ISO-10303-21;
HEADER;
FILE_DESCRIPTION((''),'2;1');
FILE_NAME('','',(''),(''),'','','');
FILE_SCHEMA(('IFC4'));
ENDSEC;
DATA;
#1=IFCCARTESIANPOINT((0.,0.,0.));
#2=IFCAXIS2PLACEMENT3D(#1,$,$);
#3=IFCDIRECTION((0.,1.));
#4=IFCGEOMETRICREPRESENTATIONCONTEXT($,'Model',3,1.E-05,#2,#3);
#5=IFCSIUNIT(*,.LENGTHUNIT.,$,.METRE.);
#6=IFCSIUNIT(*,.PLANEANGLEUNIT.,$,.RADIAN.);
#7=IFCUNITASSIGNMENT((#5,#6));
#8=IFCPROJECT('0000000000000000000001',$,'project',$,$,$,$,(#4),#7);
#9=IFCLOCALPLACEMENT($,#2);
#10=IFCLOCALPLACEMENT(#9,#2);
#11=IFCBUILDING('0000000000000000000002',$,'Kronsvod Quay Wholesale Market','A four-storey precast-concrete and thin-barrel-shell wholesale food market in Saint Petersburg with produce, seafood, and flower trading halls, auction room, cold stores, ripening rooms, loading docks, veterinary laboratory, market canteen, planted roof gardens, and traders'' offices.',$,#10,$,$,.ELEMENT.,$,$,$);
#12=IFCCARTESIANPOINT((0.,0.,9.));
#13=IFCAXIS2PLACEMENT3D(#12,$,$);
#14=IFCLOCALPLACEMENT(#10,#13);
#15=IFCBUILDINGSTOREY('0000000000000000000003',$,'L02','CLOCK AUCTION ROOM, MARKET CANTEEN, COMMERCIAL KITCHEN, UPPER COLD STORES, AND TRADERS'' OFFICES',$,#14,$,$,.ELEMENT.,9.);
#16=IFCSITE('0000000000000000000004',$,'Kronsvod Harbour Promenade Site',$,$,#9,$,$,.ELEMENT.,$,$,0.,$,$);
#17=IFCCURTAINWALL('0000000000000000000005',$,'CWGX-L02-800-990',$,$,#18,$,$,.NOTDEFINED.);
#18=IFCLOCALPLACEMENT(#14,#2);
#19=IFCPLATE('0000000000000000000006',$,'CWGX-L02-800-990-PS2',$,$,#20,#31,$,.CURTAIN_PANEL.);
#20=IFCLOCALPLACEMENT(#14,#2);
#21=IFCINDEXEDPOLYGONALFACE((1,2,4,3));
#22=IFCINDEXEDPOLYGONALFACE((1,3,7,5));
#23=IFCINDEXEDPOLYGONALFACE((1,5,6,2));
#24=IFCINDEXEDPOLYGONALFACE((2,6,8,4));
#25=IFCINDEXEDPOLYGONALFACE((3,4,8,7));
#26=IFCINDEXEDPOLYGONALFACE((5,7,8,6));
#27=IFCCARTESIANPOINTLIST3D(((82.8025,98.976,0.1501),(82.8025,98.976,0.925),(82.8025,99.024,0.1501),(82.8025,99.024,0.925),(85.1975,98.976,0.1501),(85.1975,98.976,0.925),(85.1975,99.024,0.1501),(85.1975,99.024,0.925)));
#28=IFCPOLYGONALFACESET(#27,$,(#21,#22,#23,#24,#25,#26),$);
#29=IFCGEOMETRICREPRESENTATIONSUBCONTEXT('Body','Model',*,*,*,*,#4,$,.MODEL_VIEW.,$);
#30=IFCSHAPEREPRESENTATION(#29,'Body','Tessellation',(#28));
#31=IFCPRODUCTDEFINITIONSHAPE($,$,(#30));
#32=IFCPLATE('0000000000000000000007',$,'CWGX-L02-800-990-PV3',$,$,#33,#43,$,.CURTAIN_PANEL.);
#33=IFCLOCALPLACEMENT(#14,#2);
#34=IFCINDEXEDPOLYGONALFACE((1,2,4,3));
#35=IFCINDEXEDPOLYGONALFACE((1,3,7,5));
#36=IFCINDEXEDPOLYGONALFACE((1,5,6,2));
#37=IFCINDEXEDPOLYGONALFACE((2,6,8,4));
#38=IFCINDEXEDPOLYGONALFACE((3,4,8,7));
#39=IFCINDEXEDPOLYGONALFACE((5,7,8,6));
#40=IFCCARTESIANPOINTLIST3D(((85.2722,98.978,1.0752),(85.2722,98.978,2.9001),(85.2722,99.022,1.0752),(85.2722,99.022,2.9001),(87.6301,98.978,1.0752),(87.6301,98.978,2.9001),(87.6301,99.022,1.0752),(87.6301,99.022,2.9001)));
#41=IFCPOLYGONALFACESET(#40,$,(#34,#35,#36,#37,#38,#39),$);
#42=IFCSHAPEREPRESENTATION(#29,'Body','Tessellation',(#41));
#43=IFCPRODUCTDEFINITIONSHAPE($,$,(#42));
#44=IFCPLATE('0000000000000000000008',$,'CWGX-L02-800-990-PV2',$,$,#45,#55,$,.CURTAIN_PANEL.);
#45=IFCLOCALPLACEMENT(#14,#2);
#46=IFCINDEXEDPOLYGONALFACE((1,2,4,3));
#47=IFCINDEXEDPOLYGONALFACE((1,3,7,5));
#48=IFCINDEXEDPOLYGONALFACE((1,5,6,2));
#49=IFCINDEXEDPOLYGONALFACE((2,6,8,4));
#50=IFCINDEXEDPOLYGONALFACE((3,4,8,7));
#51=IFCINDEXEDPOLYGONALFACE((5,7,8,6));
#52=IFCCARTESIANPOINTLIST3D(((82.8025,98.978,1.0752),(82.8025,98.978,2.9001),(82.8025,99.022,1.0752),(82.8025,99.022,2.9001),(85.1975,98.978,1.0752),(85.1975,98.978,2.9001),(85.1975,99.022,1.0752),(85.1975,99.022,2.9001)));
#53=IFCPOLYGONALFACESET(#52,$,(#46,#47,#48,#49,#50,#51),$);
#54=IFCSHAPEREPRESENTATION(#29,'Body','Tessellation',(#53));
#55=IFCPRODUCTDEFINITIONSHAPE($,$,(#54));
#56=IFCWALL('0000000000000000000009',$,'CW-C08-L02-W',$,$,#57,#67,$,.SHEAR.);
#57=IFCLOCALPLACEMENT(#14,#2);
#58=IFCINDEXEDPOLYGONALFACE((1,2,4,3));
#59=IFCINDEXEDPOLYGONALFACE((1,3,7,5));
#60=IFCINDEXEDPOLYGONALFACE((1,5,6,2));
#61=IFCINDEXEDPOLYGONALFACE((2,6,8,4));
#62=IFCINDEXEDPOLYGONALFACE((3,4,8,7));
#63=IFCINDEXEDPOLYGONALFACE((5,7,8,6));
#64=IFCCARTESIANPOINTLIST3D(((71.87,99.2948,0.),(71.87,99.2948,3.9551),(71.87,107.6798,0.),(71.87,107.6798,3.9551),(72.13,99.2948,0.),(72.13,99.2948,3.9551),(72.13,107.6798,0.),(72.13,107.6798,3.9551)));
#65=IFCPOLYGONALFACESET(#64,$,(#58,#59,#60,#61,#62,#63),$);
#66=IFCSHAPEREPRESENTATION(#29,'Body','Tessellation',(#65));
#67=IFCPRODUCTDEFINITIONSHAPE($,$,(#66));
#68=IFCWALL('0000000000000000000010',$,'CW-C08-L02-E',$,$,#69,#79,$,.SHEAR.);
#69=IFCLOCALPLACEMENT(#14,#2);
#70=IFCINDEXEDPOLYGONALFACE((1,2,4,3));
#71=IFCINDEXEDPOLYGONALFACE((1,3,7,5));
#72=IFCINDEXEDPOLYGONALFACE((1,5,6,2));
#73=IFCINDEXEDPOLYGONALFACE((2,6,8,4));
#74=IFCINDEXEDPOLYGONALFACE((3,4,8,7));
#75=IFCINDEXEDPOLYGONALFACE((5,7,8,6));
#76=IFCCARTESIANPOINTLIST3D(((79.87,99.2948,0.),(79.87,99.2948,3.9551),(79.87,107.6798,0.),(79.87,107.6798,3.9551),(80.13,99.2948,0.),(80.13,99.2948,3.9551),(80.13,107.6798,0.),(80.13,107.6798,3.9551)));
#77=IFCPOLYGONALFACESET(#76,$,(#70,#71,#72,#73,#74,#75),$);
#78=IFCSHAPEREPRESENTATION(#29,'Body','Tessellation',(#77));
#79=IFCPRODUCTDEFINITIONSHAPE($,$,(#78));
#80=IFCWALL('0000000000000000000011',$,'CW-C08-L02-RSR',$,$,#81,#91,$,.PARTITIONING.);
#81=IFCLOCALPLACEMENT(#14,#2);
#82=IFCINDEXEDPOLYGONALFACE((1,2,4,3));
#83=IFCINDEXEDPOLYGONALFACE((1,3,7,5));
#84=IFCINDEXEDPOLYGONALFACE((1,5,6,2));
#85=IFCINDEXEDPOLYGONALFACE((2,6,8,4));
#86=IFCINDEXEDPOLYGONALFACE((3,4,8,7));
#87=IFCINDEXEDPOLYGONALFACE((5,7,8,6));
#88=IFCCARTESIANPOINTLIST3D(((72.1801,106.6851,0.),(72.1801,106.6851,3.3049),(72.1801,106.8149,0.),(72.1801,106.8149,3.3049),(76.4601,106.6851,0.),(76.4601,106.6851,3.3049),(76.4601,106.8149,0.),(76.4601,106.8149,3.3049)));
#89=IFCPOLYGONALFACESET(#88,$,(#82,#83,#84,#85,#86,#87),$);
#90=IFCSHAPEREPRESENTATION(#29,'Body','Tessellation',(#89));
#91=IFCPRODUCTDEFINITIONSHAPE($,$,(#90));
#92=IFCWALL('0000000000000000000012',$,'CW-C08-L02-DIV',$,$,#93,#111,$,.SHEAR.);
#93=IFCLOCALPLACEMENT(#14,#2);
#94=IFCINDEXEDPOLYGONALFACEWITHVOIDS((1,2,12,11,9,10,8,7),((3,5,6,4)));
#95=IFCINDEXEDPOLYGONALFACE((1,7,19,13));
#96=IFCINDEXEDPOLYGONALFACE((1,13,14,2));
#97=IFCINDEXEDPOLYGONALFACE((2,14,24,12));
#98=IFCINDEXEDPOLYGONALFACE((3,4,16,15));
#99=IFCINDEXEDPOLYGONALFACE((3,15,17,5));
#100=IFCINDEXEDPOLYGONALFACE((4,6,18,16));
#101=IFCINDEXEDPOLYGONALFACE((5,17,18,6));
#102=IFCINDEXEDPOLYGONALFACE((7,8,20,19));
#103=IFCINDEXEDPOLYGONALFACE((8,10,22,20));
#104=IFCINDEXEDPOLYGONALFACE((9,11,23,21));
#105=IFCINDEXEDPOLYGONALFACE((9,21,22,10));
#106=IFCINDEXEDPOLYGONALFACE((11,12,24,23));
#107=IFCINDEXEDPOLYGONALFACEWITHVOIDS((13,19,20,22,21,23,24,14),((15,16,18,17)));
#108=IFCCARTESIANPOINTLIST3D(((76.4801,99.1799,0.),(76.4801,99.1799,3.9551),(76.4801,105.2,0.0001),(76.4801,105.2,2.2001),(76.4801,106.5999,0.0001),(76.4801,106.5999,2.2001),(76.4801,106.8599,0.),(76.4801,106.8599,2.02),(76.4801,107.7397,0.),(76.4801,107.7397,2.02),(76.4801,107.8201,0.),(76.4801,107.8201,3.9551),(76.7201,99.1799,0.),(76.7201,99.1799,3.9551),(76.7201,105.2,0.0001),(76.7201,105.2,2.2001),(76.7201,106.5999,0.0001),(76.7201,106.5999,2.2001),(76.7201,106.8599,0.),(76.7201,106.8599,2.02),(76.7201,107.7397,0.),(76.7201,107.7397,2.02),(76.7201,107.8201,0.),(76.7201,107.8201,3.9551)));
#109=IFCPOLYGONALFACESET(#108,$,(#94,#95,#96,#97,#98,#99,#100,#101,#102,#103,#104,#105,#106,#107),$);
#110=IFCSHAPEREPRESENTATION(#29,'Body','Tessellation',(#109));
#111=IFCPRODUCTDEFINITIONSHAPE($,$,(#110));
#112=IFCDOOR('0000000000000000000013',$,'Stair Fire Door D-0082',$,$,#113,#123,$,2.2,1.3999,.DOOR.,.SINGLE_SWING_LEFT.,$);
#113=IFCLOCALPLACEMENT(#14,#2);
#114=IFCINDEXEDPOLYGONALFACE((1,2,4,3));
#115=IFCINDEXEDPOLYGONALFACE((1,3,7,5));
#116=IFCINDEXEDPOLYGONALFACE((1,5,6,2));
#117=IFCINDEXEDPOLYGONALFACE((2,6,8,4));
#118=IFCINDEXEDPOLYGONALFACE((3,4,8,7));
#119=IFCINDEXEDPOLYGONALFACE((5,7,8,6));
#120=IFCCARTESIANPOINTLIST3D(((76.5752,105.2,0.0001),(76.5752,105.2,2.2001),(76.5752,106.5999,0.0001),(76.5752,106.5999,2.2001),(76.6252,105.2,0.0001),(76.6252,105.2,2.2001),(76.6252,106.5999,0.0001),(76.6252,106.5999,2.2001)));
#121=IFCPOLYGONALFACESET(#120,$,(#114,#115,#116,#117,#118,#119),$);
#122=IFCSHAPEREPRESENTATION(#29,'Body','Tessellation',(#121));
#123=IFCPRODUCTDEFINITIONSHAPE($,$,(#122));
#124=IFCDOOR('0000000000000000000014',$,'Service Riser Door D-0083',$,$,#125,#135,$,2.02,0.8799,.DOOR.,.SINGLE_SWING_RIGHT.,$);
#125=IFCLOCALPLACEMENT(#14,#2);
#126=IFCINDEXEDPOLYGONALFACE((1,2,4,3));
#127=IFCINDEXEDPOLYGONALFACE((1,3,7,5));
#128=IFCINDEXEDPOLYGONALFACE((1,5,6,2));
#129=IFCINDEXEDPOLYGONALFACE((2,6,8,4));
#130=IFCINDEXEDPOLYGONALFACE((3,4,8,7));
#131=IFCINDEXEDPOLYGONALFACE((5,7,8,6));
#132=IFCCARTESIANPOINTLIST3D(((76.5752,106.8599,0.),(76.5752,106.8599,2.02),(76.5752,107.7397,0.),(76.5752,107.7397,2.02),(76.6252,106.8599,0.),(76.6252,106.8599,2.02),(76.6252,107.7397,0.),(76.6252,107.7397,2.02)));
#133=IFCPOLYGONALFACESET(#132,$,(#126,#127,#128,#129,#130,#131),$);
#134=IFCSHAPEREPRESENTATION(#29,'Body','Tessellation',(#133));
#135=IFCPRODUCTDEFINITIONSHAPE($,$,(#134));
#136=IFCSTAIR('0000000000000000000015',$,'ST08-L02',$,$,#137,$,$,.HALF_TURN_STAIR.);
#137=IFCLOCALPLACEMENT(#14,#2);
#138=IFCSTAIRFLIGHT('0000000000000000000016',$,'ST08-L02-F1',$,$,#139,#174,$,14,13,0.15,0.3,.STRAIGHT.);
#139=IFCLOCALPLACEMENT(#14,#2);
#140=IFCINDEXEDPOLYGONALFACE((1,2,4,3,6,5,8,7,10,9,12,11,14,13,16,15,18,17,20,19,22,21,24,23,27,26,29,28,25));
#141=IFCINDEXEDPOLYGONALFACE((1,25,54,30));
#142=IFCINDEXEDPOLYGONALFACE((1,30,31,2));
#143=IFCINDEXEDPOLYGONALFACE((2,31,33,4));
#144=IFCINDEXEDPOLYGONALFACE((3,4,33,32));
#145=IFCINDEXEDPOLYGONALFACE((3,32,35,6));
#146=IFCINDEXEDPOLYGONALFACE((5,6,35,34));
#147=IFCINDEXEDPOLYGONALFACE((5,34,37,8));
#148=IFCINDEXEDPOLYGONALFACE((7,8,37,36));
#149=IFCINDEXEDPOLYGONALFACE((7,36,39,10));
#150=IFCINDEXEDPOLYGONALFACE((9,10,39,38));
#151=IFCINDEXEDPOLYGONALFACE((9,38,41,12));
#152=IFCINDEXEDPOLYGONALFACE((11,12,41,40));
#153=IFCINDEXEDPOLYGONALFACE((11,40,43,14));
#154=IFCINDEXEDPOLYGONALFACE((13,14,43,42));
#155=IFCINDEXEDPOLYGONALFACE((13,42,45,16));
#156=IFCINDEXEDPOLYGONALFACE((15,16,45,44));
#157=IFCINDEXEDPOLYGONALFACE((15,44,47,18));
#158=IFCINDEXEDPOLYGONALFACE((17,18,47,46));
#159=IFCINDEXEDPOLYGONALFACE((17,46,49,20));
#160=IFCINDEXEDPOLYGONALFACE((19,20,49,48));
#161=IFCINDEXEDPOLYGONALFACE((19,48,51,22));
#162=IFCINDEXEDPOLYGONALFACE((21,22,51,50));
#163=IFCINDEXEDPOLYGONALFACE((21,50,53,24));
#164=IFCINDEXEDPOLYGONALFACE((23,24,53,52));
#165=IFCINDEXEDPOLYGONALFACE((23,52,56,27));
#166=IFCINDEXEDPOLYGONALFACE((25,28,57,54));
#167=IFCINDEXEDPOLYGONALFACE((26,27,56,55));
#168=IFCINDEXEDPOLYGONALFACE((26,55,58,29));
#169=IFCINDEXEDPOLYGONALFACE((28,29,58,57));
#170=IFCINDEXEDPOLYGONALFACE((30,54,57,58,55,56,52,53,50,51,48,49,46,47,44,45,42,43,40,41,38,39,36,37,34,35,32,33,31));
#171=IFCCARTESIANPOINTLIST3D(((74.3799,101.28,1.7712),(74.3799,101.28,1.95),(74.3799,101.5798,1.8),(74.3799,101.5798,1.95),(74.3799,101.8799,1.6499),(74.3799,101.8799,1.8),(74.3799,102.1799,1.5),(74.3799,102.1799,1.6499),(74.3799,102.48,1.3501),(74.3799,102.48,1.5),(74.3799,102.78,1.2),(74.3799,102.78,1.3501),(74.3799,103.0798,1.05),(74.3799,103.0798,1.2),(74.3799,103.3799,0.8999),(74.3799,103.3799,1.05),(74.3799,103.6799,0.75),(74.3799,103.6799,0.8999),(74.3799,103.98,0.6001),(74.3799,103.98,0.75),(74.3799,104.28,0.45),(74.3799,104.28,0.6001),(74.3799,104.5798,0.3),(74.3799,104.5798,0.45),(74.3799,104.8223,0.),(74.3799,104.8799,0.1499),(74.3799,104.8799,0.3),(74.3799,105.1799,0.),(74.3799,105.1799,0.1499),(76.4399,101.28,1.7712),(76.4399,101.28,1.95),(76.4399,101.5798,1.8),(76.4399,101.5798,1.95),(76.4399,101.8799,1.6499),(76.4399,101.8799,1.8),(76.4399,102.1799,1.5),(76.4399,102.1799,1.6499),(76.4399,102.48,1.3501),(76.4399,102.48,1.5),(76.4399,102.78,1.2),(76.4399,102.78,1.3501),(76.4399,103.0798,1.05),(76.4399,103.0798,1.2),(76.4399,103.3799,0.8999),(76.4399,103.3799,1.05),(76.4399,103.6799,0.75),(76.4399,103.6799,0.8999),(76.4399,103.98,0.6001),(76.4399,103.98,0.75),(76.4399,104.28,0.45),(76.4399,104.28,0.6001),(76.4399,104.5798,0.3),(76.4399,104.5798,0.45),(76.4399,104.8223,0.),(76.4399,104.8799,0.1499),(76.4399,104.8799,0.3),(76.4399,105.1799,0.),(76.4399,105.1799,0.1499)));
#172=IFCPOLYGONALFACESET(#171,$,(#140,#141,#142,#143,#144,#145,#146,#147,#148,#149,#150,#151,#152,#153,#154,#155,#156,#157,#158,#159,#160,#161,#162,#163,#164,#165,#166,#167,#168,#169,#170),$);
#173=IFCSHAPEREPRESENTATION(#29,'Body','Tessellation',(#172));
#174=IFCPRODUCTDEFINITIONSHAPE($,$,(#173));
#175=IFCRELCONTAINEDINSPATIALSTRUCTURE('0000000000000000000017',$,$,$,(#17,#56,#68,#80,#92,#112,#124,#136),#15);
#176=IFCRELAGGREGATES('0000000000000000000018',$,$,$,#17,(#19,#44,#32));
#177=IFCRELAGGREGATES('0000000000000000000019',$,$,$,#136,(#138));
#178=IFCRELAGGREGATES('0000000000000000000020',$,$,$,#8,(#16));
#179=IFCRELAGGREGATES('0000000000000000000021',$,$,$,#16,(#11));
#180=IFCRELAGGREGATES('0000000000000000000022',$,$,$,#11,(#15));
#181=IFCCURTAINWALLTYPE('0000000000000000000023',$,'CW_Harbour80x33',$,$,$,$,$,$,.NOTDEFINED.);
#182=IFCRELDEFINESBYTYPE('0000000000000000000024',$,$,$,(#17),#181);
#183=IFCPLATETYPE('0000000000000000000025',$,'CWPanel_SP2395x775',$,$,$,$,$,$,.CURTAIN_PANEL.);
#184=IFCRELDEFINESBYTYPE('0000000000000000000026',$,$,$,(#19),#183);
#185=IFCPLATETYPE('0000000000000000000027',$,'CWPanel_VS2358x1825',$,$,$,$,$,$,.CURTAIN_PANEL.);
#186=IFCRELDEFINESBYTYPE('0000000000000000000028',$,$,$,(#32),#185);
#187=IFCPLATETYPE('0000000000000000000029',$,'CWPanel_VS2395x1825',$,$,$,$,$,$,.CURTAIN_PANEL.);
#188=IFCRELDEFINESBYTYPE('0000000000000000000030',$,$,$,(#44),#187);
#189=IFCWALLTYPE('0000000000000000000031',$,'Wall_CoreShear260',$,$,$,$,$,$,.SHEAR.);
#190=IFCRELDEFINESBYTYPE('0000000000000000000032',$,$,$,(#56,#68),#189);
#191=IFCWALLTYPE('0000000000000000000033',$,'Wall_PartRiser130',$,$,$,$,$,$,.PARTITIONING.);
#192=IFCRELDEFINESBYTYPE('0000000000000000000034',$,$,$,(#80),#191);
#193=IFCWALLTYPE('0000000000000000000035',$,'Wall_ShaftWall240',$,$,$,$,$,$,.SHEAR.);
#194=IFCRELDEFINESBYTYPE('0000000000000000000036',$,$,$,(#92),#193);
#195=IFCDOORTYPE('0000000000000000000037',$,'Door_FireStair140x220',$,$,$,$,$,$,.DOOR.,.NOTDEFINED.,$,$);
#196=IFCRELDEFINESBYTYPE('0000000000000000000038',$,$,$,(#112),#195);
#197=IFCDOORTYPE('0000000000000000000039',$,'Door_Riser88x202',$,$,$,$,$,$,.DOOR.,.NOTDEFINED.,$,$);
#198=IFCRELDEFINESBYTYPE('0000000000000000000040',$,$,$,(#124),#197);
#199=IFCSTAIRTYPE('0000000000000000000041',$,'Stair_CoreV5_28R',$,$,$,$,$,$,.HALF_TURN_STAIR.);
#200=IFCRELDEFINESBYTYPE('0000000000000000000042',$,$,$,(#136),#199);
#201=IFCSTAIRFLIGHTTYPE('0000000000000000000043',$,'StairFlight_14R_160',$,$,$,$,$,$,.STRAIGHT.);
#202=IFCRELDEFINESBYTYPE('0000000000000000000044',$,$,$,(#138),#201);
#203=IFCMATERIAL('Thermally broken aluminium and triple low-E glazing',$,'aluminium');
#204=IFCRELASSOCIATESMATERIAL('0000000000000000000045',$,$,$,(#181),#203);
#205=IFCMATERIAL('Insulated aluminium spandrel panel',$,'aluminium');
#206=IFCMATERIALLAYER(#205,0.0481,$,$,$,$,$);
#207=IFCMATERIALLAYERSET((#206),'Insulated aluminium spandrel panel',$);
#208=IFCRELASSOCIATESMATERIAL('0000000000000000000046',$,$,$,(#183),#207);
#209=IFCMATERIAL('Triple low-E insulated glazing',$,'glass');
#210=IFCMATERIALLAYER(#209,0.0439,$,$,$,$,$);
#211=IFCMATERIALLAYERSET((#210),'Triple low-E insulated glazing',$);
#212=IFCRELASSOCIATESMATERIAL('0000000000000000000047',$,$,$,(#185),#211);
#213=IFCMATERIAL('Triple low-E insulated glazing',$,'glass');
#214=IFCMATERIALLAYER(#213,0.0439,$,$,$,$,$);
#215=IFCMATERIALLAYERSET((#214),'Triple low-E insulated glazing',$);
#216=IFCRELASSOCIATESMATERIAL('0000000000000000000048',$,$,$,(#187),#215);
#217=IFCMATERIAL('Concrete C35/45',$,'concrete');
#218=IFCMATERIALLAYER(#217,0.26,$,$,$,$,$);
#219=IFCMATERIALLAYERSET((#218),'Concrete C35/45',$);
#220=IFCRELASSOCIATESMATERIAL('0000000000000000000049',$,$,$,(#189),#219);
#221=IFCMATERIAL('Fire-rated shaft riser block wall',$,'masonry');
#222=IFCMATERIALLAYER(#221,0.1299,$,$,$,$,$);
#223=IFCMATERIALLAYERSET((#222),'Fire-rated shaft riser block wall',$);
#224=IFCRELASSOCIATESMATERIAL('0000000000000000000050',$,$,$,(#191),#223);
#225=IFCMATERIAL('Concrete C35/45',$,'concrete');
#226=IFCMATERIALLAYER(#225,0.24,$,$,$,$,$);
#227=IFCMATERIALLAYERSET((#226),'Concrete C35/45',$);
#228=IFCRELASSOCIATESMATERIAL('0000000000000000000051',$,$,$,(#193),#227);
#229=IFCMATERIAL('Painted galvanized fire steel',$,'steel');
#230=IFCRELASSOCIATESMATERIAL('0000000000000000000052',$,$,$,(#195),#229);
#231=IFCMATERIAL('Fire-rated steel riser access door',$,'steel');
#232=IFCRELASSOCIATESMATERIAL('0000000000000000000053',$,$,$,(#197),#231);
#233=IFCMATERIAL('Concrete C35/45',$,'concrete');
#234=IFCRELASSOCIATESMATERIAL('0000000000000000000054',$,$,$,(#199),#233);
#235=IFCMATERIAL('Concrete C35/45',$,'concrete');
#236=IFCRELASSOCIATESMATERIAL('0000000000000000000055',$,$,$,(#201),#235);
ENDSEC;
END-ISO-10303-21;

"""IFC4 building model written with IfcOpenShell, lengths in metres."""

from ifc_helpers import new_model, si_unit, direction, frame, frame_2d, origin, origin_2d, place, context, subcontext, project, spatial, polyline, rectangle, outline, extrude, material, layer, layer_set, type_object, element, fill, aggregate, save


model = new_model("IFC4")

# Units and contexts
model_context = context("Model", 3, precision=1e-05, world=origin(), true_north=direction((0.0, 1.0)))
body_context = subcontext(model_context, "Body", "Model", "MODEL_VIEW")
ifc_project = project(units=[si_unit("LENGTHUNIT", "METRE"), si_unit("PLANEANGLEUNIT", "RADIAN")], contexts=[model_context])

# Site, building, storey
site_placement = place(None, origin())
site = spatial("IfcSite", under=ifc_project, at=site_placement, Name="Kronsvod Harbour Promenade Site", CompositionType="ELEMENT", RefElevation=0.0)
building_placement = place(site_placement, origin())
building = spatial("IfcBuilding", under=site, at=building_placement, Name="Kronsvod Quay Wholesale Market", Description="A four-storey precast-concrete and thin-barrel-shell wholesale food market in Saint Petersburg with produce, seafood, and flower trading halls, auction room, cold stores, ripening rooms, loading docks, veterinary laboratory, market canteen, planted roof gardens, and traders' offices.", CompositionType="ELEMENT")
storey_placement = place(building_placement, frame((0.0, 0.0, 9.0)))
storey = spatial("IfcBuildingStorey", under=building, at=storey_placement, Name="L02", Description="CLOCK AUCTION ROOM, MARKET CANTEEN, COMMERCIAL KITCHEN, UPPER COLD STORES, AND TRADERS' OFFICES", CompositionType="ELEMENT", Elevation=9.0)

# Curtain wall, plates
ifc_material_1 = material(Name="Thermally broken aluminium and triple low-E glazing", Category="aluminium")
curtain_wall_type = type_object("IfcCurtainWallType", Name="CW_Harbour80x33", PredefinedType="NOTDEFINED", material=ifc_material_1)
curtain_wall_placement = place(storey_placement, origin())
curtain_wall = element("IfcCurtainWall", 1, at=curtain_wall_placement, inside=storey, type_object=curtain_wall_type, Name="CWGX-L02-800-990", PredefinedType="NOTDEFINED")
ifc_material_2 = material(Name="Insulated aluminium spandrel panel", Category="aluminium")
ifc_layer_1 = layer(ifc_material_2, 0.0481)
ifc_layer_set_1 = layer_set([ifc_layer_1], Name="Insulated aluminium spandrel panel")
plate_type_1 = type_object("IfcPlateType", Name="CWPanel_SP2395x775", PredefinedType="CURTAIN_PANEL", material=ifc_layer_set_1)
plate_1_placement = place(storey_placement, frame((84.0, 99.0, 0.1501), z_axis=(0.0, 0.0, 1.0), x_axis=(1.0, 0.0, 0.0)))
plate_1 = element("IfcPlate", 2, at=plate_1_placement, type_object=plate_type_1, Name="CWGX-L02-800-990-PS2", PredefinedType="CURTAIN_PANEL", context=body_context, shape_type="SweptSolid", body=[
    extrude(rectangle(XDim=2.395, YDim=0.0481, at=origin_2d()), origin(), (0.0, 0.0, 1.0), 0.7749),
])
ifc_material_3 = material(Name="Triple low-E insulated glazing", Category="glass")
ifc_layer_2 = layer(ifc_material_3, 0.0439)
ifc_layer_set_2 = layer_set([ifc_layer_2], Name="Triple low-E insulated glazing")
plate_type_2 = type_object("IfcPlateType", Name="CWPanel_VS2358x1825", PredefinedType="CURTAIN_PANEL", material=ifc_layer_set_2)
plate_2_placement = place(storey_placement, frame((86.4512, 99.0, 1.0752), z_axis=(0.0, 0.0, 1.0), x_axis=(1.0, 0.0, 0.0)))
plate_2 = element("IfcPlate", 3, at=plate_2_placement, type_object=plate_type_2, Name="CWGX-L02-800-990-PV3", PredefinedType="CURTAIN_PANEL", context=body_context, shape_type="SweptSolid", body=[
    extrude(rectangle(XDim=2.3579, YDim=0.0439, at=origin_2d()), origin(), (0.0, 0.0, 1.0), 1.825),
])
ifc_material_4 = material(Name="Triple low-E insulated glazing", Category="glass")
ifc_layer_3 = layer(ifc_material_4, 0.0439)
ifc_layer_set_3 = layer_set([ifc_layer_3], Name="Triple low-E insulated glazing")
plate_type_3 = type_object("IfcPlateType", Name="CWPanel_VS2395x1825", PredefinedType="CURTAIN_PANEL", material=ifc_layer_set_3)
plate_3_placement = place(storey_placement, frame((84.0, 99.0, 1.0752), z_axis=(0.0, 0.0, 1.0), x_axis=(1.0, 0.0, 0.0)))
plate_3 = element("IfcPlate", 4, at=plate_3_placement, type_object=plate_type_3, Name="CWGX-L02-800-990-PV2", PredefinedType="CURTAIN_PANEL", context=body_context, shape_type="SweptSolid", body=[
    extrude(rectangle(XDim=2.395, YDim=0.0439, at=origin_2d()), origin(), (0.0, 0.0, 1.0), 1.825),
])
aggregate(curtain_wall, [plate_1, plate_3, plate_2])

# Walls
ifc_material_5 = material(Name="Concrete C35/45", Category="concrete")
ifc_layer_4 = layer(ifc_material_5, 0.26)
ifc_layer_set_4 = layer_set([ifc_layer_4], Name="Concrete C35/45")
wall_type_1 = type_object("IfcWallType", Name="Wall_CoreShear260", PredefinedType="SHEAR", material=ifc_layer_set_4)
for number, where, z_axis, x_axis, name in (
    (5, (72.0, 99.2949, 0.0), (0.0, 0.0, 1.0), (0.0, 1.0, 0.0), "CW-C08-L02-W"),
    (6, (80.0, 99.2949, 0.0), (0.0, 0.0, 1.0), (0.0, 1.0, 0.0), "CW-C08-L02-E"),
):
    element("IfcWall", number, at=place(storey_placement, frame(where, z_axis=z_axis, x_axis=x_axis)), inside=storey, type_object=wall_type_1, Name=name, PredefinedType="SHEAR", context=body_context, shape_type="SweptSolid", body=[
        extrude(rectangle(XDim=8.385, YDim=0.26, at=frame_2d((4.1924, 0.0))), origin(), (0.0, 0.0, 1.0), 3.9551),
    ])
ifc_material_6 = material(Name="Fire-rated shaft riser block wall", Category="masonry")
ifc_layer_5 = layer(ifc_material_6, 0.1299)
ifc_layer_set_5 = layer_set([ifc_layer_5], Name="Fire-rated shaft riser block wall")
wall_type_2 = type_object("IfcWallType", Name="Wall_PartRiser130", PredefinedType="PARTITIONING", material=ifc_layer_set_5)
wall_1_placement = place(storey_placement, frame((72.1799, 106.75, 0.0), z_axis=(0.0, 0.0, 1.0), x_axis=(1.0, 0.0, 0.0)))
element("IfcWall", 7, at=wall_1_placement, inside=storey, type_object=wall_type_2, Name="CW-C08-L02-RSR", PredefinedType="PARTITIONING", context=body_context, shape_type="SweptSolid", body=[
    extrude(rectangle(XDim=4.28, YDim=0.1299, at=frame_2d((2.1401, 0.0))), origin(), (0.0, 0.0, 1.0), 3.3049),
])

# Wall, openings, doors
ifc_material_7 = material(Name="Concrete C35/45", Category="concrete")
ifc_layer_6 = layer(ifc_material_7, 0.24)
ifc_layer_set_6 = layer_set([ifc_layer_6], Name="Concrete C35/45")
wall_type_3 = type_object("IfcWallType", Name="Wall_ShaftWall240", PredefinedType="SHEAR", material=ifc_layer_set_6)
wall_2_placement = place(storey_placement, frame((76.6001, 99.1799, 0.0), z_axis=(0.0, 0.0, 1.0), x_axis=(0.0, 1.0, 0.0)))
wall_2 = element("IfcWall", 8, at=wall_2_placement, inside=storey, type_object=wall_type_3, Name="CW-C08-L02-DIV", PredefinedType="SHEAR", context=body_context, shape_type="SweptSolid", body=[
    extrude(rectangle(XDim=8.6401, YDim=0.24, at=frame_2d((4.3201, 0.0))), origin(), (0.0, 0.0, 1.0), 3.9551),
])
opening_1_placement = place(wall_2_placement, frame((6.02, 0.0, 0.0)))
opening_1 = element("IfcOpeningElement", 9, at=opening_1_placement, cuts=wall_2, PredefinedType="OPENING", context=body_context, shape_type="SweptSolid", body=[
    extrude(rectangle(XDim=1.3999, YDim=2.2, at=frame_2d((0.7, 1.1001))), frame((0.0, 0.1299, 0.0), z_axis=(0.0, -1.0, 0.0), x_axis=(1.0, 0.0, 0.0)), (0.0, 0.0, 1.0), 0.26),
])
opening_2_placement = place(wall_2_placement, frame((7.6799, 0.0, 0.0)))
opening_2 = element("IfcOpeningElement", 10, at=opening_2_placement, cuts=wall_2, PredefinedType="OPENING", context=body_context, shape_type="SweptSolid", body=[
    extrude(rectangle(XDim=0.8799, YDim=2.02, at=frame_2d((0.4399, 1.01))), frame((0.0, 0.1299, 0.0), z_axis=(0.0, -1.0, 0.0), x_axis=(1.0, 0.0, 0.0)), (0.0, 0.0, 1.0), 0.26),
])
ifc_material_8 = material(Name="Painted galvanized fire steel", Category="steel")
door_type_1 = type_object("IfcDoorType", Name="Door_FireStair140x220", OperationType="NOTDEFINED", PredefinedType="DOOR", material=ifc_material_8)
door_1_placement = place(opening_1_placement, origin())
door_1 = element("IfcDoor", 11, at=door_1_placement, inside=storey, type_object=door_type_1, Name="Stair Fire Door D-0082", OperationType="SINGLE_SWING_LEFT", OverallHeight=2.2, OverallWidth=1.3999, PredefinedType="DOOR", context=body_context, shape_type="SweptSolid", body=[
    extrude(rectangle(XDim=1.3999, YDim=2.2, at=frame_2d((0.7, 1.1001))), frame((0.0, 0.0249, 0.0), z_axis=(0.0, -1.0, 0.0), x_axis=(1.0, 0.0, 0.0)), (0.0, 0.0, 1.0), 0.05),
])
fill(opening_1, door_1)
ifc_material_9 = material(Name="Fire-rated steel riser access door", Category="steel")
door_type_2 = type_object("IfcDoorType", Name="Door_Riser88x202", OperationType="NOTDEFINED", PredefinedType="DOOR", material=ifc_material_9)
door_2_placement = place(opening_2_placement, origin())
door_2 = element("IfcDoor", 12, at=door_2_placement, inside=storey, type_object=door_type_2, Name="Service Riser Door D-0083", OperationType="SINGLE_SWING_RIGHT", OverallHeight=2.02, OverallWidth=0.8799, PredefinedType="DOOR", context=body_context, shape_type="SweptSolid", body=[
    extrude(rectangle(XDim=0.8799, YDim=2.02, at=frame_2d((0.4399, 1.01))), frame((0.0, 0.0249, 0.0), z_axis=(0.0, -1.0, 0.0), x_axis=(1.0, 0.0, 0.0)), (0.0, 0.0, 1.0), 0.05),
])
fill(opening_2, door_2)

# Stair, stair flight
ifc_material_10 = material(Name="Concrete C35/45", Category="concrete")
stair_type = type_object("IfcStairType", Name="Stair_CoreV5_28R", PredefinedType="HALF_TURN_STAIR", material=ifc_material_10)
stair_placement = place(storey_placement, origin())
stair = element("IfcStair", 13, at=stair_placement, inside=storey, type_object=stair_type, Name="ST08-L02", PredefinedType="HALF_TURN_STAIR")
ifc_material_11 = material(Name="Concrete C35/45", Category="concrete")
stair_flight_type = type_object("IfcStairFlightType", Name="StairFlight_14R_160", PredefinedType="STRAIGHT", material=ifc_material_11)
stair_flight_1_placement = place(storey_placement, frame((75.4099, 105.1799, 0.0), z_axis=(0.0, 0.0, 1.0), x_axis=(0.0, -1.0, 0.0)))
stair_flight_1 = element("IfcStairFlight", 14, at=stair_flight_1_placement, type_object=stair_flight_type, Name="ST08-L02-F1", NumberOfRisers=14, NumberOfTreads=13, PredefinedType="STRAIGHT", RiserHeight=0.15, TreadLength=0.3, context=body_context, shape_type="SweptSolid", body=[
    extrude(outline(polyline([(0.0, 0.0), (0.0, 0.1499), (0.3, 0.1499), (0.3, 0.3), (0.6001, 0.3), (0.6001, 0.45), (0.8999, 0.45), (0.8999, 0.6001), (1.2, 0.6001), (1.2, 0.75), (1.5, 0.75), (1.5, 0.8999), (1.8, 0.8999), (1.8, 1.05), (2.1001, 1.05), (2.1001, 1.2), (2.3999, 1.2), (2.3999, 1.3501), (2.7, 1.3501), (2.7, 1.5), (3.0, 1.5), (3.0, 1.6499), (3.3, 1.6499), (3.3, 1.8), (3.6001, 1.8), (3.6001, 1.95), (3.8999, 1.95), (3.8999, 2.1001), (3.8999, 1.7712), (0.3577, 0.0), (0.0, 0.0)])), frame((0.0, 1.03, 0.0), z_axis=(0.0, -1.0, 0.0), x_axis=(1.0, 0.0, 0.0)), (0.0, 0.0, 1.0), 2.0601),
])
aggregate(stair, [stair_flight_1])

save(model, "model.ifc")
